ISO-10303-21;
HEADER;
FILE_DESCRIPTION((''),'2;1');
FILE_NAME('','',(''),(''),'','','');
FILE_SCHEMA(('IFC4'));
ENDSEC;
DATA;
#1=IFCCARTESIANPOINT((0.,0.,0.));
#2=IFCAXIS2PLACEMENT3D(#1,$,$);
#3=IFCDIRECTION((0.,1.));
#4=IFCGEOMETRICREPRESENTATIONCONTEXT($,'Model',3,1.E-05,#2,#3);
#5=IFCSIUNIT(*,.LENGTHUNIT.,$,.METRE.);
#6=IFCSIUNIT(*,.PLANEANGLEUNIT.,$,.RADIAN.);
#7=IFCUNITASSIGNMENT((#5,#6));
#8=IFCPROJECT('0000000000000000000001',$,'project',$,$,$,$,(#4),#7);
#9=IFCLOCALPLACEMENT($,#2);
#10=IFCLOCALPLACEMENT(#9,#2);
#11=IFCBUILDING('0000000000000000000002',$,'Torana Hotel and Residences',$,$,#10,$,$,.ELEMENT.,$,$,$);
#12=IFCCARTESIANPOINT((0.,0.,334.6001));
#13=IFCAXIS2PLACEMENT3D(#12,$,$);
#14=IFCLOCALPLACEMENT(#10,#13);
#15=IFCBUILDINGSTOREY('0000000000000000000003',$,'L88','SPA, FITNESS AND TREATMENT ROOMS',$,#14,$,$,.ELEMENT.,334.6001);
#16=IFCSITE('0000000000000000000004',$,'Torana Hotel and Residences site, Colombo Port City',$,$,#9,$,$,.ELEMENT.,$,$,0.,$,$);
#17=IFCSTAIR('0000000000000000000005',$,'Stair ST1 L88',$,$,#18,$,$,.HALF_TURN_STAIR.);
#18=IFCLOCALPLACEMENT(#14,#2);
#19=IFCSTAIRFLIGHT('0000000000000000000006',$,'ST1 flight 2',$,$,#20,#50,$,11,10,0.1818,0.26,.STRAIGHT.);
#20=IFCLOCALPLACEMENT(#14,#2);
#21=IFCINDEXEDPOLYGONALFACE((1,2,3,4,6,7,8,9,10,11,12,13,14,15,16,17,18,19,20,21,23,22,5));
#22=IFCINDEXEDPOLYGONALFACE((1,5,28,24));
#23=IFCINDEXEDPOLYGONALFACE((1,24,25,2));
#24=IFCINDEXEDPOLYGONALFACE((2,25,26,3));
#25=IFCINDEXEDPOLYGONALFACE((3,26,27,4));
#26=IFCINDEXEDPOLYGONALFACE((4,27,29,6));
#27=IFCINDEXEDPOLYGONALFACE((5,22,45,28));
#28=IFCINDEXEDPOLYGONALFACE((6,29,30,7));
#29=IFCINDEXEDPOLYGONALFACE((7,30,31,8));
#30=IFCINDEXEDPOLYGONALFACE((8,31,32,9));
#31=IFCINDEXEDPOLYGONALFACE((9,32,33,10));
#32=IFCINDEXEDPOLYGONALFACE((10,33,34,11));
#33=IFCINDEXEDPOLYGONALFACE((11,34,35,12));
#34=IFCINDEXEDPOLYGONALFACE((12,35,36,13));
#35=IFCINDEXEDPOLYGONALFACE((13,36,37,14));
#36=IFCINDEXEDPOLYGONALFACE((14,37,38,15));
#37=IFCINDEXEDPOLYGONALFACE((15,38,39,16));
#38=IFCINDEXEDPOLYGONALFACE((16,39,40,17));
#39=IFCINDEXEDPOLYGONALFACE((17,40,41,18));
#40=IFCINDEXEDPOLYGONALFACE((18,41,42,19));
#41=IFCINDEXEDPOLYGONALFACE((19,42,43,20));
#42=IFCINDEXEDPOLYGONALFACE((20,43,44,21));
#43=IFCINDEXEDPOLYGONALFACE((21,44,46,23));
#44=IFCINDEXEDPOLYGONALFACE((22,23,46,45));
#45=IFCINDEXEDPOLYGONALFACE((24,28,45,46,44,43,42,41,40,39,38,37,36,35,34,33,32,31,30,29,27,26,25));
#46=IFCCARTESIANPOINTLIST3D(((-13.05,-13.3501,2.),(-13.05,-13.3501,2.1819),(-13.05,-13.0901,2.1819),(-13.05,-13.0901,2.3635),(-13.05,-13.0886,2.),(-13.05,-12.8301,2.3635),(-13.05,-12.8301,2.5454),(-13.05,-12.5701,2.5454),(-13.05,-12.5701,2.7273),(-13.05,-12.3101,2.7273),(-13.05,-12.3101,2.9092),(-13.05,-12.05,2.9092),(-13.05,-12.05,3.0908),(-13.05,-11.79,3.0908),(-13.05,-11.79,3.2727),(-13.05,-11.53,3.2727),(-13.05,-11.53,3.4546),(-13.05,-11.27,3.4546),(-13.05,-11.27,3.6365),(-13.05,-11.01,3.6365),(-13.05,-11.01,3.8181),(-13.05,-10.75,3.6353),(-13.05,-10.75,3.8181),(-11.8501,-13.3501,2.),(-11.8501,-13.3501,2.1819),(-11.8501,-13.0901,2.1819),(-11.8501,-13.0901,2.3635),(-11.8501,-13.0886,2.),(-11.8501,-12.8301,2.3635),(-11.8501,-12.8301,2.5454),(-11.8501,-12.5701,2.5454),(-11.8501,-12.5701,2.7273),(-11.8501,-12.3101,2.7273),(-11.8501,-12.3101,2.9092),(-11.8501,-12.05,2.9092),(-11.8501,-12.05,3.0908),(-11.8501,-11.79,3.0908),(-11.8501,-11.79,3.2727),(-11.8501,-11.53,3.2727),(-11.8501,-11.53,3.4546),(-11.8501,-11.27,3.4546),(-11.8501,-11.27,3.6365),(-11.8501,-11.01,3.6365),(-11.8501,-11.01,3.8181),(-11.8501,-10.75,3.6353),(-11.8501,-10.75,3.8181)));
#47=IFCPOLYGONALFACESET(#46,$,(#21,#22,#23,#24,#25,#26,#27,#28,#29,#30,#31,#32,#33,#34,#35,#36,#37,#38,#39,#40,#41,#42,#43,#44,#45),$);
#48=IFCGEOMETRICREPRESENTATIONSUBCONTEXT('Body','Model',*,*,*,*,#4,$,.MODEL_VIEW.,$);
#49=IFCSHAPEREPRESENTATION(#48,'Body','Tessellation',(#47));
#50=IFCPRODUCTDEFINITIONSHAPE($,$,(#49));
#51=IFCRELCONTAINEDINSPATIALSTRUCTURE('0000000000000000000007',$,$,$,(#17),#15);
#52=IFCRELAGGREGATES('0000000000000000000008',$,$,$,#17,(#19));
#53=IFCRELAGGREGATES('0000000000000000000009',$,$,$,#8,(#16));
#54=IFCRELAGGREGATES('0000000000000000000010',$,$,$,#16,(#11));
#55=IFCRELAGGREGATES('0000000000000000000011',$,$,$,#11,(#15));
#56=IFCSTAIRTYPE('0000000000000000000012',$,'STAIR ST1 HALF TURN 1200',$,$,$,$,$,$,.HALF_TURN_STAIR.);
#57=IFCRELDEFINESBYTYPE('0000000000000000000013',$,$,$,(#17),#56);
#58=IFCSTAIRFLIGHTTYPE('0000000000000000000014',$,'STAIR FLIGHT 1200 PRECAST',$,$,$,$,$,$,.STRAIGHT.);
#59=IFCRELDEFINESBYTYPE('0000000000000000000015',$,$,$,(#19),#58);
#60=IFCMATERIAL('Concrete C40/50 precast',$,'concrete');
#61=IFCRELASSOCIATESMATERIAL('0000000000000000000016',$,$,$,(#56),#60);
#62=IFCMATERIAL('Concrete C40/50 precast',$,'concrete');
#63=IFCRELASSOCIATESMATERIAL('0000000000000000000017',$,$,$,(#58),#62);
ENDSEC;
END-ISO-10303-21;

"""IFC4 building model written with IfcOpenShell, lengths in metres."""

from ifc_helpers import new_model, si_unit, direction, frame, origin, place, context, subcontext, project, spatial, polyline, outline, extrude, material, type_object, element, aggregate, save


model = new_model("IFC4")

# Units and contexts
model_context = context("Model", 3, precision=1e-05, world=origin(), true_north=direction((0.0, 1.0)))
body_context = subcontext(model_context, "Body", "Model", "MODEL_VIEW")
ifc_project = project(units=[si_unit("LENGTHUNIT", "METRE"), si_unit("PLANEANGLEUNIT", "RADIAN")], contexts=[model_context])

# Site, building, storey
site_placement = place(None, origin())
site = spatial("IfcSite", under=ifc_project, at=site_placement, Name="Torana Hotel and Residences site, Colombo Port City", CompositionType="ELEMENT", RefElevation=0.0)
building_placement = place(site_placement, origin())
building = spatial("IfcBuilding", under=site, at=building_placement, Name="Torana Hotel and Residences", CompositionType="ELEMENT")
storey_placement = place(building_placement, frame((0.0, 0.0, 334.6001)))
storey = spatial("IfcBuildingStorey", under=building, at=storey_placement, Name="L88", Description="SPA, FITNESS AND TREATMENT ROOMS", CompositionType="ELEMENT", Elevation=334.6001)

# Stair, stair flight
ifc_material_1 = material(Name="Concrete C40/50 precast", Category="concrete")
stair_type = type_object("IfcStairType", Name="STAIR ST1 HALF TURN 1200", PredefinedType="HALF_TURN_STAIR", material=ifc_material_1)
stair_placement = place(storey_placement, origin())
stair = element("IfcStair", 1, at=stair_placement, inside=storey, type_object=stair_type, Name="Stair ST1 L88", PredefinedType="HALF_TURN_STAIR")
ifc_material_2 = material(Name="Concrete C40/50 precast", Category="concrete")
stair_flight_type = type_object("IfcStairFlightType", Name="STAIR FLIGHT 1200 PRECAST", PredefinedType="STRAIGHT", material=ifc_material_2)
stair_flight_1_placement = place(storey_placement, frame((-12.45, -13.3501, 2.0), z_axis=(0.0, 0.0, 1.0), x_axis=(0.0, 1.0, 0.0)))
stair_flight_1 = element("IfcStairFlight", 2, at=stair_flight_1_placement, type_object=stair_flight_type, Name="ST1 flight 2", NumberOfRisers=11, NumberOfTreads=10, PredefinedType="STRAIGHT", RiserHeight=0.1818, TreadLength=0.26, context=body_context, shape_type="SweptSolid", body=[
    extrude(outline(polyline([(0.0, 0.0), (0.0, 0.1819), (0.26, 0.1819), (0.26, 0.3635), (0.52, 0.3635), (0.52, 0.5454), (0.78, 0.5454), (0.78, 0.7273), (1.04, 0.7273), (1.04, 0.9092), (1.3, 0.9092), (1.3, 1.0908), (1.5601, 1.0908), (1.5601, 1.2727), (1.8201, 1.2727), (1.8201, 1.4546), (2.0801, 1.4546), (2.0801, 1.6365), (2.3401, 1.6365), (2.3401, 1.8181), (2.6001, 1.8181), (2.6001, 2.0), (2.6001, 1.6353), (0.2615, 0.0), (0.0, 0.0)])), frame((0.0, 0.6001, 0.0), z_axis=(0.0, -1.0, 0.0), x_axis=(1.0, 0.0, 0.0)), (0.0, 0.0, 1.0), 1.2),
])
aggregate(stair, [stair_flight_1])

save(model, "model.ifc")
